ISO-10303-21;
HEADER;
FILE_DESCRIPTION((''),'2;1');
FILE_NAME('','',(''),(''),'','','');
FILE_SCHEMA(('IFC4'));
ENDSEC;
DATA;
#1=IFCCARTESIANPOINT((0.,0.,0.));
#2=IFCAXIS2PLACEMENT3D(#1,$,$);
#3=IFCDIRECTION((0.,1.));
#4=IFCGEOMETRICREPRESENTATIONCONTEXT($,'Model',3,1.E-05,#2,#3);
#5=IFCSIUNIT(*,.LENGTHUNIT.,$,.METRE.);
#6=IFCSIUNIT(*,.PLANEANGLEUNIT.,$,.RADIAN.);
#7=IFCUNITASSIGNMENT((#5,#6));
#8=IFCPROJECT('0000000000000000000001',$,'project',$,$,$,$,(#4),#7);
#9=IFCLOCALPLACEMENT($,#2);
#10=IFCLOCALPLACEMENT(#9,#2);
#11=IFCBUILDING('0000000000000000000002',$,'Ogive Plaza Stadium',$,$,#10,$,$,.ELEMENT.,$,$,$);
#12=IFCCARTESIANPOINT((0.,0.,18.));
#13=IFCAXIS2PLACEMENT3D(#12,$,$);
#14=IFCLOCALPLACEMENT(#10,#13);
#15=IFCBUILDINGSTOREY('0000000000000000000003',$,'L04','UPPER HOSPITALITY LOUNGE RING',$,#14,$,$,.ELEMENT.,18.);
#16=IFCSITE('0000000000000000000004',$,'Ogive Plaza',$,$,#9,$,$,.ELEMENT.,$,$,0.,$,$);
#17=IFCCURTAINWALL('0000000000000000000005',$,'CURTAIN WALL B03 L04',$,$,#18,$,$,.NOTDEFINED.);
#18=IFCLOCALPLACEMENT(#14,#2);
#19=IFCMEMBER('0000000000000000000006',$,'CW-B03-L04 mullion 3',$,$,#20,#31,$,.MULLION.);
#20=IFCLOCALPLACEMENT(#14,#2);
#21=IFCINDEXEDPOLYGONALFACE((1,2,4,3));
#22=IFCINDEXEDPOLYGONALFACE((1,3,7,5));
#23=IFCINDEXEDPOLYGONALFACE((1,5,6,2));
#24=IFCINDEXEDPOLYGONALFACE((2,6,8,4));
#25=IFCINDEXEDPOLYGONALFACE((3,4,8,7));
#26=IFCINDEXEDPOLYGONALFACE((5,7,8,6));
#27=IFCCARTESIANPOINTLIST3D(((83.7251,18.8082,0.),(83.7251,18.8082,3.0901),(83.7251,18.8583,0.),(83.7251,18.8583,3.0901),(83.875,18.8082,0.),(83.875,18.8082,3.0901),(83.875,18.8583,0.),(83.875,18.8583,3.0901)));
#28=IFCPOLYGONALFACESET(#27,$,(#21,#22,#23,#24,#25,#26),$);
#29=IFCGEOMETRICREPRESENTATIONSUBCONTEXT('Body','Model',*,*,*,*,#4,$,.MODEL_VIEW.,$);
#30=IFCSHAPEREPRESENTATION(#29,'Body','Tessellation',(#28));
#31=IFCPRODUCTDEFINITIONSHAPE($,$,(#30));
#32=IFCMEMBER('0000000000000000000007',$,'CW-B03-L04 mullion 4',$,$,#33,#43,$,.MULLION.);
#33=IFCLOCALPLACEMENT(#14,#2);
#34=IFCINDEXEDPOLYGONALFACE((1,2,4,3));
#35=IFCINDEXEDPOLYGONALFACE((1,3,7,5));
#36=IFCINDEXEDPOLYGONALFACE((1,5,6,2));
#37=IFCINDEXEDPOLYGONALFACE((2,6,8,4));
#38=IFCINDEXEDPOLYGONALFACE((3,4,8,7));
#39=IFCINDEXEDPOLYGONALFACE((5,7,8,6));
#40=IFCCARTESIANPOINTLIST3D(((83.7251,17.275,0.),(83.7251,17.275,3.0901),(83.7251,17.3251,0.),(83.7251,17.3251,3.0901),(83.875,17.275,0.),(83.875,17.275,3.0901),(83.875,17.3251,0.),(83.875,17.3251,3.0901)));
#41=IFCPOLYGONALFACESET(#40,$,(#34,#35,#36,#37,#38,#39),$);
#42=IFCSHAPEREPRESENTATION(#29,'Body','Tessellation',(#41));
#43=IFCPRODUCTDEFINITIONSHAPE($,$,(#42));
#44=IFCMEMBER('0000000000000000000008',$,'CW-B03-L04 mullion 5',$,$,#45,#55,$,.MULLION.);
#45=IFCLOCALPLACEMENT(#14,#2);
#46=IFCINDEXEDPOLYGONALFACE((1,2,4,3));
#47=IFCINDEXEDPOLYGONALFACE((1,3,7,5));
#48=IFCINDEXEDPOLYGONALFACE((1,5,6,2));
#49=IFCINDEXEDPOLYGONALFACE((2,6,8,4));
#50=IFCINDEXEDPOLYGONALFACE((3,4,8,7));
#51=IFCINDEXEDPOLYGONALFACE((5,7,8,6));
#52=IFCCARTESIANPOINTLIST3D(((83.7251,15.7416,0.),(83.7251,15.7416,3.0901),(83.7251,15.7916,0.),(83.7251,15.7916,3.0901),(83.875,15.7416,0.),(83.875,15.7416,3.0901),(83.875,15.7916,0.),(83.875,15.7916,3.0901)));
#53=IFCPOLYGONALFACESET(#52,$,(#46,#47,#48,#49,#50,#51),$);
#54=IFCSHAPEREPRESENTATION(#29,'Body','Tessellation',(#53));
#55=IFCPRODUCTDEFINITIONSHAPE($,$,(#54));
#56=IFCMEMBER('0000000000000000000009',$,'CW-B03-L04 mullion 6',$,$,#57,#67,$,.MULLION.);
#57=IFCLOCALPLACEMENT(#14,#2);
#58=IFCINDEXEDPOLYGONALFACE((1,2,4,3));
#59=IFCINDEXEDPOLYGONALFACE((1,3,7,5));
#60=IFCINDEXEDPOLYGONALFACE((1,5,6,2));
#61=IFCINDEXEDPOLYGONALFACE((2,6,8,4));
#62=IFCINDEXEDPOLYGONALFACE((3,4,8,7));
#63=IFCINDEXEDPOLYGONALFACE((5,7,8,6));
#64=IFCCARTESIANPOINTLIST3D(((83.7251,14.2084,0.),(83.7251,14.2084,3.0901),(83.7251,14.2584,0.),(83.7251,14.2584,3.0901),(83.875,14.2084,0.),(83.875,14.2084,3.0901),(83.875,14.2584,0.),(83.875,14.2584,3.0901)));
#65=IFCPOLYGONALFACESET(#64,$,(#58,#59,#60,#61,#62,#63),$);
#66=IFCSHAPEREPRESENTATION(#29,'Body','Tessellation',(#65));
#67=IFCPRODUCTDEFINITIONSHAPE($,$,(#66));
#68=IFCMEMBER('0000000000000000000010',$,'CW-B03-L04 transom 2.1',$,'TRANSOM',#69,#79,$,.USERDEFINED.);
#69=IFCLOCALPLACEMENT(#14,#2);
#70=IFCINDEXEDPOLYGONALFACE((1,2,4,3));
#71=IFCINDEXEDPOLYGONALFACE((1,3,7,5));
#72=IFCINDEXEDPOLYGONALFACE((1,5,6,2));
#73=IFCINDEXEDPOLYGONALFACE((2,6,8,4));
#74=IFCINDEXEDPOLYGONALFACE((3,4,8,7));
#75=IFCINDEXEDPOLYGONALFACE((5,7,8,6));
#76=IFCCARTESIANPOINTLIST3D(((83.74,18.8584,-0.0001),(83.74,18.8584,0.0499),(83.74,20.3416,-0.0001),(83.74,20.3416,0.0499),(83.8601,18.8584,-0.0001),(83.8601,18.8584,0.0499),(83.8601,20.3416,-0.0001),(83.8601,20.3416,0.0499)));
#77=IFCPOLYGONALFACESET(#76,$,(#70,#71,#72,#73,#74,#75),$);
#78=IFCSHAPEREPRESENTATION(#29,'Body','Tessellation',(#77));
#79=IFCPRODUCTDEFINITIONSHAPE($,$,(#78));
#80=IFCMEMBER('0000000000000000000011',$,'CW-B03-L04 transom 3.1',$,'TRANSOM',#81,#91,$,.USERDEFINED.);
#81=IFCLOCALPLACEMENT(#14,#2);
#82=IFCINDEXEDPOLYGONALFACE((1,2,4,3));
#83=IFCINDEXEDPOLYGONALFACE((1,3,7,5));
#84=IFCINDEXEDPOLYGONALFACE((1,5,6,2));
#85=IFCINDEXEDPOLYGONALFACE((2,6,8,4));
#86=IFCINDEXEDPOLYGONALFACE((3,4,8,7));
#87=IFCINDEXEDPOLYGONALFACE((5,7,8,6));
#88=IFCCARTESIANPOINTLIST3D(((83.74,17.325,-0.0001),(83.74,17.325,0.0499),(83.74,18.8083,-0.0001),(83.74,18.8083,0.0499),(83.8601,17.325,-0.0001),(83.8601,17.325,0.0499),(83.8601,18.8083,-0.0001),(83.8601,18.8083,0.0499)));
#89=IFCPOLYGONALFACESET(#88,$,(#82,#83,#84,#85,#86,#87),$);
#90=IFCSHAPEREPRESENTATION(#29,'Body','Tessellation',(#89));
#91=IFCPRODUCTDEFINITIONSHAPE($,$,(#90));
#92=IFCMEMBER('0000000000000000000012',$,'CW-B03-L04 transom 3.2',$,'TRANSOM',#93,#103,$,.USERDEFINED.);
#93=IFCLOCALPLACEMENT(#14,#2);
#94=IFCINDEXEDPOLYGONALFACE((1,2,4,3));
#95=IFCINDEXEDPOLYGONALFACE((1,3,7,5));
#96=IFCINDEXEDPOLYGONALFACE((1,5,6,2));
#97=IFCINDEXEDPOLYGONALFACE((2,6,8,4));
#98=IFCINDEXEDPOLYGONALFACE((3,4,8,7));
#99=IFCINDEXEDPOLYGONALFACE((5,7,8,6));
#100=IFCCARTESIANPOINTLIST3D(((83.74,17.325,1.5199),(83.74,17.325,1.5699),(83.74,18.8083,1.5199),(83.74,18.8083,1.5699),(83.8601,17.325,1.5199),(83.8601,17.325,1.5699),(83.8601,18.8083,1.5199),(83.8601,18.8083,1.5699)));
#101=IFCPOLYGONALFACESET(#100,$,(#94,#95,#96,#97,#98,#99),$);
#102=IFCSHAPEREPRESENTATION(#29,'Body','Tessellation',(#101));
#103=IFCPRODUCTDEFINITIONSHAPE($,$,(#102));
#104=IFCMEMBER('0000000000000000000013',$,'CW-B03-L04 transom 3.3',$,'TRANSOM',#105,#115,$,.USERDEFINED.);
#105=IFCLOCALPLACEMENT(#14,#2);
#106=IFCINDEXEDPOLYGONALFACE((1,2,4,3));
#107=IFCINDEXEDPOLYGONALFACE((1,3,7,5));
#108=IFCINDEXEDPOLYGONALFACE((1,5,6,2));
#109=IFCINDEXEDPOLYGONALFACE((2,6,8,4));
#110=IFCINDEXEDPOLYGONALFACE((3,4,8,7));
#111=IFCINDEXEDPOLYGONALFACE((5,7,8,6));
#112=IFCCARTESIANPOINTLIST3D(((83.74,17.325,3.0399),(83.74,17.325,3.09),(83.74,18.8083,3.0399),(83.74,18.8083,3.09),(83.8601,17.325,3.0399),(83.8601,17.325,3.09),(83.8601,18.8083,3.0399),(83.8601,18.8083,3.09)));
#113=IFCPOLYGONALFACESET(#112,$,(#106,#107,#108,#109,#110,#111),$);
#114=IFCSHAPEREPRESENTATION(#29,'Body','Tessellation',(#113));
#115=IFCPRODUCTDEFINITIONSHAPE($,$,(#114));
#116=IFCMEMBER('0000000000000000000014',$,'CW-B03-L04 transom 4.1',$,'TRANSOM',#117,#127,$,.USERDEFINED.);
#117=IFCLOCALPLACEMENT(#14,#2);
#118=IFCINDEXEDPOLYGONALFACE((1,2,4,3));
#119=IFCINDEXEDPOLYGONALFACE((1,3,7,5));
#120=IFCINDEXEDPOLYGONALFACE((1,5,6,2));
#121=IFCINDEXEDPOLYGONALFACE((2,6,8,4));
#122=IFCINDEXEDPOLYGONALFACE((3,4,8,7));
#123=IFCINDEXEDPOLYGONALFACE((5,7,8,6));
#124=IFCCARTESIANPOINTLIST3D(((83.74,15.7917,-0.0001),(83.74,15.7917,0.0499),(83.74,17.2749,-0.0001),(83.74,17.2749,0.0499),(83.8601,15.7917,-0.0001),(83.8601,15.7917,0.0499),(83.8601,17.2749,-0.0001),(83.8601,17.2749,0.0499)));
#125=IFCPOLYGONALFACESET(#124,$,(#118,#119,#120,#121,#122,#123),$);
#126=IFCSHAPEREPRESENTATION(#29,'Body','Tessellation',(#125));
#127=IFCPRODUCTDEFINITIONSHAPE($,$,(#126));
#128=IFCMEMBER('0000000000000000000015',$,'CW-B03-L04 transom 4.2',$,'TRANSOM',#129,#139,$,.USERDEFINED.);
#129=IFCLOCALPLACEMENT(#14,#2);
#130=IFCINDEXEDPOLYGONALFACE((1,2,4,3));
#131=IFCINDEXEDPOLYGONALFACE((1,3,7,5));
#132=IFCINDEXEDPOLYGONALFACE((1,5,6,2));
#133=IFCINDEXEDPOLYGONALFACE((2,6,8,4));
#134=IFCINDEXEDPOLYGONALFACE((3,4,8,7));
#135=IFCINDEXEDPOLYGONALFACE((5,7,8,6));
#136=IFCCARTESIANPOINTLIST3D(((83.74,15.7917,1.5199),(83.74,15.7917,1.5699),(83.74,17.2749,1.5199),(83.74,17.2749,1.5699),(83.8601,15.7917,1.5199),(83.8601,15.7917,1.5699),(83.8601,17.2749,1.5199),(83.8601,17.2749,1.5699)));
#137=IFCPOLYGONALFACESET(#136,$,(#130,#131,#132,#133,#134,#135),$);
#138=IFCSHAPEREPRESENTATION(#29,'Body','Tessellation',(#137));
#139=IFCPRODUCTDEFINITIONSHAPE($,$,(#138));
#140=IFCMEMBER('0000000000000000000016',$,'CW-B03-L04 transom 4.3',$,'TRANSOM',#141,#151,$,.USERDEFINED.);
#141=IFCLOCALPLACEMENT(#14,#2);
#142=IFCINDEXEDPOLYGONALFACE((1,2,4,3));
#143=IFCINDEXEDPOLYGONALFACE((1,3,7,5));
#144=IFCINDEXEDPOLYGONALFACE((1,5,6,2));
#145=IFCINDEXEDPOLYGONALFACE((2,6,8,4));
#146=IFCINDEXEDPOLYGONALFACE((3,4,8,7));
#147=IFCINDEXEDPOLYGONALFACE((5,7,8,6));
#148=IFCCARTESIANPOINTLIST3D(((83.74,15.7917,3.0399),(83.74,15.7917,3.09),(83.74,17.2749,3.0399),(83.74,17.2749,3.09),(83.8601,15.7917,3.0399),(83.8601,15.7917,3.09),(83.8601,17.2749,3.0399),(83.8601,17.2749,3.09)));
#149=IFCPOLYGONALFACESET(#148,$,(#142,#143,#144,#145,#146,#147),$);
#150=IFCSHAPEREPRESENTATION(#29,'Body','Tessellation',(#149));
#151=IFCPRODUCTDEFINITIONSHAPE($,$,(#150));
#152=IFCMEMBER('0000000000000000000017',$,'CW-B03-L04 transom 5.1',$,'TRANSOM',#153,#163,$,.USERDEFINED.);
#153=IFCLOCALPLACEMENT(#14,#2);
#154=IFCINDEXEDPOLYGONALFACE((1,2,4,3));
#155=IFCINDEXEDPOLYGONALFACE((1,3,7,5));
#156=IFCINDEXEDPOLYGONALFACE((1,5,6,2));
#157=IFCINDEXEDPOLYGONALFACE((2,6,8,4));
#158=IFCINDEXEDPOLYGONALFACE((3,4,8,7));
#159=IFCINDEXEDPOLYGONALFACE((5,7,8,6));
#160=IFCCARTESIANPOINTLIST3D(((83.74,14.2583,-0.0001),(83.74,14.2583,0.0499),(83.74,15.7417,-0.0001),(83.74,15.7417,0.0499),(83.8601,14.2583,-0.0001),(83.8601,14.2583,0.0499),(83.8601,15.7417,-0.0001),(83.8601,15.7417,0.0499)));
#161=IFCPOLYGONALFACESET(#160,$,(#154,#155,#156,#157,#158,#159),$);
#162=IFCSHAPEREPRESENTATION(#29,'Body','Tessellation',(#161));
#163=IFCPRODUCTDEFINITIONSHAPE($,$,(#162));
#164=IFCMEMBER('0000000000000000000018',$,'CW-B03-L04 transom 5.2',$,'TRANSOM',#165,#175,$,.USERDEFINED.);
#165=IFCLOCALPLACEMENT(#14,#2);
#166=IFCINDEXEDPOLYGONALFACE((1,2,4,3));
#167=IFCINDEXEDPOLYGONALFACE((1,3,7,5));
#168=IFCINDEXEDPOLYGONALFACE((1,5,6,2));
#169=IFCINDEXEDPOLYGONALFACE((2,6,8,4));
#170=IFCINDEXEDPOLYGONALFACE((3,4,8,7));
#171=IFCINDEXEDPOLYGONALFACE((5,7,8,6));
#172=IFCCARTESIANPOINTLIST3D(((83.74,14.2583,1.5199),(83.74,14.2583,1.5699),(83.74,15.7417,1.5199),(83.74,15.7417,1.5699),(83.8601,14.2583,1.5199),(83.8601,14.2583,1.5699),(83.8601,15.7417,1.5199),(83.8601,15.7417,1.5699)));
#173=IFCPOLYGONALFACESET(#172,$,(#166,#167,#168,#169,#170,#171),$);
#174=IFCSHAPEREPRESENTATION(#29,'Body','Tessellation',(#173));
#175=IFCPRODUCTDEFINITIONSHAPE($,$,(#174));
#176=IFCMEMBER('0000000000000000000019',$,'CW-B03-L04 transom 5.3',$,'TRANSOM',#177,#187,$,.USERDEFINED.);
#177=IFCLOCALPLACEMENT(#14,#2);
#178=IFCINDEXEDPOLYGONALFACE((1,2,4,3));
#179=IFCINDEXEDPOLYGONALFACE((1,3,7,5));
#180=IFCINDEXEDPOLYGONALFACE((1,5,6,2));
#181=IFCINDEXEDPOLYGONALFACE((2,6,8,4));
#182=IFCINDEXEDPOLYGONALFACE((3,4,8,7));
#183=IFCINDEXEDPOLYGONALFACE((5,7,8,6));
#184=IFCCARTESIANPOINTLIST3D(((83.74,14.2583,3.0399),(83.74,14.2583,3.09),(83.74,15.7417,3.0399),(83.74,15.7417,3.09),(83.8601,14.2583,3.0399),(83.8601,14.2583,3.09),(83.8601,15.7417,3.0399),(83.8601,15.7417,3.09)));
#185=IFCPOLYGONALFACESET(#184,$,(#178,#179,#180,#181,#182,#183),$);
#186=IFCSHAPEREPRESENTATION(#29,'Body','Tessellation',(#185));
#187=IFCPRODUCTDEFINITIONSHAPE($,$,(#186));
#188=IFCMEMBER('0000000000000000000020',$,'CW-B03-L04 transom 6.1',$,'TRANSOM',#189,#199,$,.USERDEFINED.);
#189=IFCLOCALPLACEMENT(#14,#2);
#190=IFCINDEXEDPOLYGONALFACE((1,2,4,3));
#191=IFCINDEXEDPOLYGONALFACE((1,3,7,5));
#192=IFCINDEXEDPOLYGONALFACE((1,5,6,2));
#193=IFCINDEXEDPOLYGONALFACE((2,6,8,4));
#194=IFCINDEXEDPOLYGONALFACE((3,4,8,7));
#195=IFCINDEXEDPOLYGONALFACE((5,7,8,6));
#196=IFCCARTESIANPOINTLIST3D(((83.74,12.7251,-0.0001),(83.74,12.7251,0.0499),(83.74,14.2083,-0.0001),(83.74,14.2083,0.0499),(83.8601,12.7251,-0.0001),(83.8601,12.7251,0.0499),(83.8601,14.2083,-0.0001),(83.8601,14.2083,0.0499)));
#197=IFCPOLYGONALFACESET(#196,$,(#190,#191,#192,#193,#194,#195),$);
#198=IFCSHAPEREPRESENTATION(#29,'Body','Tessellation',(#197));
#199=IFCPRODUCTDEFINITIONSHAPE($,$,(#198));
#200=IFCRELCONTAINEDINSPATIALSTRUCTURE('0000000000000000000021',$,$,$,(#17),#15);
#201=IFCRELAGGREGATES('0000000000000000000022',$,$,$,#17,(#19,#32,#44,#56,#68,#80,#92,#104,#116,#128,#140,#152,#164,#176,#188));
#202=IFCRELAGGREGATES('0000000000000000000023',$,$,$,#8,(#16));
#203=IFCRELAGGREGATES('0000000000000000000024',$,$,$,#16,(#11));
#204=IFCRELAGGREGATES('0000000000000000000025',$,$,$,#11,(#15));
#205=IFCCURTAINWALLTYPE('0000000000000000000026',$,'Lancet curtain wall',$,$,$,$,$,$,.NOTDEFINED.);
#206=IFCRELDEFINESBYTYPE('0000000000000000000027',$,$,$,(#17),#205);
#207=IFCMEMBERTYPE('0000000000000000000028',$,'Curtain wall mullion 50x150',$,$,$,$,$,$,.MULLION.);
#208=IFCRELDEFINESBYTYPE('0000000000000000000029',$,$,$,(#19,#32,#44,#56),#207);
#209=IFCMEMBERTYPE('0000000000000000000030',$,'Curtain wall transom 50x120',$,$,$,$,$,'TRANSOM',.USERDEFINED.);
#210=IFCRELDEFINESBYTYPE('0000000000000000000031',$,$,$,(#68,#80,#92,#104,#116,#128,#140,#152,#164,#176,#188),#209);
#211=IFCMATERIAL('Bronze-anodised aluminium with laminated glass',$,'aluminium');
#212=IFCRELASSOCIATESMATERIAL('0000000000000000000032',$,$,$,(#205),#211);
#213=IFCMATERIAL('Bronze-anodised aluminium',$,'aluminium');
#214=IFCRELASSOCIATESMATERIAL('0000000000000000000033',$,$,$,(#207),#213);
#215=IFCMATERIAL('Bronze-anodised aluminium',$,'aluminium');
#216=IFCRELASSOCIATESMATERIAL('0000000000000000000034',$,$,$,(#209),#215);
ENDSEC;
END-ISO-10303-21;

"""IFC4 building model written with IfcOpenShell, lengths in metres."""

from ifc_helpers import new_model, si_unit, direction, frame, origin, origin_2d, place, context, subcontext, project, spatial, rectangle, extrude, material, material_profile, profile_set, type_object, element, aggregate, save


model = new_model("IFC4")

# Units and contexts
model_context = context("Model", 3, precision=1e-05, world=origin(), true_north=direction((0.0, 1.0)))
body_context = subcontext(model_context, "Body", "Model", "MODEL_VIEW")
ifc_project = project(units=[si_unit("LENGTHUNIT", "METRE"), si_unit("PLANEANGLEUNIT", "RADIAN")], contexts=[model_context])

# Site, building, storey
site_placement = place(None, origin())
site = spatial("IfcSite", under=ifc_project, at=site_placement, Name="Ogive Plaza", CompositionType="ELEMENT", RefElevation=0.0)
building_placement = place(site_placement, origin())
building = spatial("IfcBuilding", under=site, at=building_placement, Name="Ogive Plaza Stadium", CompositionType="ELEMENT")
storey_placement = place(building_placement, frame((0.0, 0.0, 18.0)))
storey = spatial("IfcBuildingStorey", under=building, at=storey_placement, Name="L04", Description="UPPER HOSPITALITY LOUNGE RING", CompositionType="ELEMENT", Elevation=18.0)

# Curtain wall, members
ifc_material_1 = material(Name="Bronze-anodised aluminium with laminated glass", Category="aluminium")
curtain_wall_type = type_object("IfcCurtainWallType", Name="Lancet curtain wall", PredefinedType="NOTDEFINED", material=ifc_material_1)
curtain_wall_placement = place(storey_placement, origin())
curtain_wall = element("IfcCurtainWall", 1, at=curtain_wall_placement, inside=storey, type_object=curtain_wall_type, Name="CURTAIN WALL B03 L04", PredefinedType="NOTDEFINED")
ifc_material_2 = material(Name="Bronze-anodised aluminium", Category="aluminium")
ifc_material_profile_1 = material_profile(ifc_material_2, rectangle(XDim=0.1499, YDim=0.05, at=origin_2d()), Name="AL 150x50")
ifc_profile_set_1 = profile_set([ifc_material_profile_1], Name="Bronze-anodised aluminium")
member_type_1 = type_object("IfcMemberType", Name="Curtain wall mullion 50x150", PredefinedType="MULLION", material=ifc_profile_set_1)
member_1_placement = place(storey_placement, frame((83.8, 18.8333, 0.0), z_axis=(0.0, 0.0, 1.0), x_axis=(1.0, 0.0, 0.0)))
member_1 = element("IfcMember", 2, at=member_1_placement, type_object=member_type_1, Name="CW-B03-L04 mullion 3", PredefinedType="MULLION", context=body_context, shape_type="SweptSolid", body=[
    extrude(rectangle(XDim=0.1499, YDim=0.05, at=origin_2d()), origin(), (0.0, 0.0, 1.0), 3.0901),
])
member_2_placement = place(storey_placement, frame((83.8, 17.3, 0.0), z_axis=(0.0, 0.0, 1.0), x_axis=(1.0, 0.0, 0.0)))
member_2 = element("IfcMember", 3, at=member_2_placement, type_object=member_type_1, Name="CW-B03-L04 mullion 4", PredefinedType="MULLION", context=body_context, shape_type="SweptSolid", body=[
    extrude(rectangle(XDim=0.1499, YDim=0.05, at=origin_2d()), origin(), (0.0, 0.0, 1.0), 3.0901),
])
member_3_placement = place(storey_placement, frame((83.8, 15.7666, 0.0), z_axis=(0.0, 0.0, 1.0), x_axis=(1.0, 0.0, 0.0)))
member_3 = element("IfcMember", 4, at=member_3_placement, type_object=member_type_1, Name="CW-B03-L04 mullion 5", PredefinedType="MULLION", context=body_context, shape_type="SweptSolid", body=[
    extrude(rectangle(XDim=0.1499, YDim=0.05, at=origin_2d()), origin(), (0.0, 0.0, 1.0), 3.0901),
])
member_4_placement = place(storey_placement, frame((83.8, 14.2334, 0.0), z_axis=(0.0, 0.0, 1.0), x_axis=(1.0, 0.0, 0.0)))
member_4 = element("IfcMember", 5, at=member_4_placement, type_object=member_type_1, Name="CW-B03-L04 mullion 6", PredefinedType="MULLION", context=body_context, shape_type="SweptSolid", body=[
    extrude(rectangle(XDim=0.1499, YDim=0.05, at=origin_2d()), origin(), (0.0, 0.0, 1.0), 3.0901),
])
ifc_material_3 = material(Name="Bronze-anodised aluminium", Category="aluminium")
ifc_material_profile_2 = material_profile(ifc_material_3, rectangle(XDim=0.1201, YDim=0.05, at=origin_2d()), Name="AL 120x50")
ifc_profile_set_2 = profile_set([ifc_material_profile_2], Name="Bronze-anodised aluminium")
member_type_2 = type_object("IfcMemberType", Name="Curtain wall transom 50x120", ElementType="TRANSOM", PredefinedType="USERDEFINED", material=ifc_profile_set_2)
member_5_placement = place(storey_placement, frame((83.8, 20.3416, 0.0249), z_axis=(0.0, -1.0, 0.0), x_axis=(1.0, 0.0, 0.0)))
member_5 = element("IfcMember", 6, at=member_5_placement, type_object=member_type_2, Name="CW-B03-L04 transom 2.1", ObjectType="TRANSOM", PredefinedType="USERDEFINED", context=body_context, shape_type="SweptSolid", body=[
    extrude(rectangle(XDim=0.1201, YDim=0.05, at=origin_2d()), origin(), (0.0, 0.0, 1.0), 1.4832),
])
member_6_placement = place(storey_placement, frame((83.8, 18.8083, 0.0249), z_axis=(0.0, -1.0, 0.0), x_axis=(1.0, 0.0, 0.0)))
member_6 = element("IfcMember", 7, at=member_6_placement, type_object=member_type_2, Name="CW-B03-L04 transom 3.1", ObjectType="TRANSOM", PredefinedType="USERDEFINED", context=body_context, shape_type="SweptSolid", body=[
    extrude(rectangle(XDim=0.1201, YDim=0.05, at=origin_2d()), origin(), (0.0, 0.0, 1.0), 1.4834),
])
member_7_placement = place(storey_placement, frame((83.8, 18.8083, 1.5449), z_axis=(0.0, -1.0, 0.0), x_axis=(1.0, 0.0, 0.0)))
member_7 = element("IfcMember", 8, at=member_7_placement, type_object=member_type_2, Name="CW-B03-L04 transom 3.2", ObjectType="TRANSOM", PredefinedType="USERDEFINED", context=body_context, shape_type="SweptSolid", body=[
    extrude(rectangle(XDim=0.1201, YDim=0.05, at=origin_2d()), origin(), (0.0, 0.0, 1.0), 1.4834),
])
member_8_placement = place(storey_placement, frame((83.8, 18.8083, 3.0649), z_axis=(0.0, -1.0, 0.0), x_axis=(1.0, 0.0, 0.0)))
member_8 = element("IfcMember", 9, at=member_8_placement, type_object=member_type_2, Name="CW-B03-L04 transom 3.3", ObjectType="TRANSOM", PredefinedType="USERDEFINED", context=body_context, shape_type="SweptSolid", body=[
    extrude(rectangle(XDim=0.1201, YDim=0.05, at=origin_2d()), origin(), (0.0, 0.0, 1.0), 1.4834),
])
member_9_placement = place(storey_placement, frame((83.8, 17.2749, 0.0249), z_axis=(0.0, -1.0, 0.0), x_axis=(1.0, 0.0, 0.0)))
member_9 = element("IfcMember", 10, at=member_9_placement, type_object=member_type_2, Name="CW-B03-L04 transom 4.1", ObjectType="TRANSOM", PredefinedType="USERDEFINED", context=body_context, shape_type="SweptSolid", body=[
    extrude(rectangle(XDim=0.1201, YDim=0.05, at=origin_2d()), origin(), (0.0, 0.0, 1.0), 1.4832),
])
member_10_placement = place(storey_placement, frame((83.8, 17.2749, 1.5449), z_axis=(0.0, -1.0, 0.0), x_axis=(1.0, 0.0, 0.0)))
member_10 = element("IfcMember", 11, at=member_10_placement, type_object=member_type_2, Name="CW-B03-L04 transom 4.2", ObjectType="TRANSOM", PredefinedType="USERDEFINED", context=body_context, shape_type="SweptSolid", body=[
    extrude(rectangle(XDim=0.1201, YDim=0.05, at=origin_2d()), origin(), (0.0, 0.0, 1.0), 1.4832),
])
member_11_placement = place(storey_placement, frame((83.8, 17.2749, 3.0649), z_axis=(0.0, -1.0, 0.0), x_axis=(1.0, 0.0, 0.0)))
member_11 = element("IfcMember", 12, at=member_11_placement, type_object=member_type_2, Name="CW-B03-L04 transom 4.3", ObjectType="TRANSOM", PredefinedType="USERDEFINED", context=body_context, shape_type="SweptSolid", body=[
    extrude(rectangle(XDim=0.1201, YDim=0.05, at=origin_2d()), origin(), (0.0, 0.0, 1.0), 1.4832),
])
member_12_placement = place(storey_placement, frame((83.8, 15.7417, 0.0249), z_axis=(0.0, -1.0, 0.0), x_axis=(1.0, 0.0, 0.0)))
member_12 = element("IfcMember", 13, at=member_12_placement, type_object=member_type_2, Name="CW-B03-L04 transom 5.1", ObjectType="TRANSOM", PredefinedType="USERDEFINED", context=body_context, shape_type="SweptSolid", body=[
    extrude(rectangle(XDim=0.1201, YDim=0.05, at=origin_2d()), origin(), (0.0, 0.0, 1.0), 1.4834),
])
member_13_placement = place(storey_placement, frame((83.8, 15.7417, 1.5449), z_axis=(0.0, -1.0, 0.0), x_axis=(1.0, 0.0, 0.0)))
member_13 = element("IfcMember", 14, at=member_13_placement, type_object=member_type_2, Name="CW-B03-L04 transom 5.2", ObjectType="TRANSOM", PredefinedType="USERDEFINED", context=body_context, shape_type="SweptSolid", body=[
    extrude(rectangle(XDim=0.1201, YDim=0.05, at=origin_2d()), origin(), (0.0, 0.0, 1.0), 1.4834),
])
member_14_placement = place(storey_placement, frame((83.8, 15.7417, 3.0649), z_axis=(0.0, -1.0, 0.0), x_axis=(1.0, 0.0, 0.0)))
member_14 = element("IfcMember", 15, at=member_14_placement, type_object=member_type_2, Name="CW-B03-L04 transom 5.3", ObjectType="TRANSOM", PredefinedType="USERDEFINED", context=body_context, shape_type="SweptSolid", body=[
    extrude(rectangle(XDim=0.1201, YDim=0.05, at=origin_2d()), origin(), (0.0, 0.0, 1.0), 1.4834),
])
member_15_placement = place(storey_placement, frame((83.8, 14.2083, 0.0249), z_axis=(0.0, -1.0, 0.0), x_axis=(1.0, 0.0, 0.0)))
member_15 = element("IfcMember", 16, at=member_15_placement, type_object=member_type_2, Name="CW-B03-L04 transom 6.1", ObjectType="TRANSOM", PredefinedType="USERDEFINED", context=body_context, shape_type="SweptSolid", body=[
    extrude(rectangle(XDim=0.1201, YDim=0.05, at=origin_2d()), origin(), (0.0, 0.0, 1.0), 1.4832),
])
aggregate(curtain_wall, [member_1, member_2, member_3, member_4, member_5, member_6, member_7, member_8, member_9, member_10, member_11, member_12, member_13, member_14, member_15])

save(model, "model.ifc")
